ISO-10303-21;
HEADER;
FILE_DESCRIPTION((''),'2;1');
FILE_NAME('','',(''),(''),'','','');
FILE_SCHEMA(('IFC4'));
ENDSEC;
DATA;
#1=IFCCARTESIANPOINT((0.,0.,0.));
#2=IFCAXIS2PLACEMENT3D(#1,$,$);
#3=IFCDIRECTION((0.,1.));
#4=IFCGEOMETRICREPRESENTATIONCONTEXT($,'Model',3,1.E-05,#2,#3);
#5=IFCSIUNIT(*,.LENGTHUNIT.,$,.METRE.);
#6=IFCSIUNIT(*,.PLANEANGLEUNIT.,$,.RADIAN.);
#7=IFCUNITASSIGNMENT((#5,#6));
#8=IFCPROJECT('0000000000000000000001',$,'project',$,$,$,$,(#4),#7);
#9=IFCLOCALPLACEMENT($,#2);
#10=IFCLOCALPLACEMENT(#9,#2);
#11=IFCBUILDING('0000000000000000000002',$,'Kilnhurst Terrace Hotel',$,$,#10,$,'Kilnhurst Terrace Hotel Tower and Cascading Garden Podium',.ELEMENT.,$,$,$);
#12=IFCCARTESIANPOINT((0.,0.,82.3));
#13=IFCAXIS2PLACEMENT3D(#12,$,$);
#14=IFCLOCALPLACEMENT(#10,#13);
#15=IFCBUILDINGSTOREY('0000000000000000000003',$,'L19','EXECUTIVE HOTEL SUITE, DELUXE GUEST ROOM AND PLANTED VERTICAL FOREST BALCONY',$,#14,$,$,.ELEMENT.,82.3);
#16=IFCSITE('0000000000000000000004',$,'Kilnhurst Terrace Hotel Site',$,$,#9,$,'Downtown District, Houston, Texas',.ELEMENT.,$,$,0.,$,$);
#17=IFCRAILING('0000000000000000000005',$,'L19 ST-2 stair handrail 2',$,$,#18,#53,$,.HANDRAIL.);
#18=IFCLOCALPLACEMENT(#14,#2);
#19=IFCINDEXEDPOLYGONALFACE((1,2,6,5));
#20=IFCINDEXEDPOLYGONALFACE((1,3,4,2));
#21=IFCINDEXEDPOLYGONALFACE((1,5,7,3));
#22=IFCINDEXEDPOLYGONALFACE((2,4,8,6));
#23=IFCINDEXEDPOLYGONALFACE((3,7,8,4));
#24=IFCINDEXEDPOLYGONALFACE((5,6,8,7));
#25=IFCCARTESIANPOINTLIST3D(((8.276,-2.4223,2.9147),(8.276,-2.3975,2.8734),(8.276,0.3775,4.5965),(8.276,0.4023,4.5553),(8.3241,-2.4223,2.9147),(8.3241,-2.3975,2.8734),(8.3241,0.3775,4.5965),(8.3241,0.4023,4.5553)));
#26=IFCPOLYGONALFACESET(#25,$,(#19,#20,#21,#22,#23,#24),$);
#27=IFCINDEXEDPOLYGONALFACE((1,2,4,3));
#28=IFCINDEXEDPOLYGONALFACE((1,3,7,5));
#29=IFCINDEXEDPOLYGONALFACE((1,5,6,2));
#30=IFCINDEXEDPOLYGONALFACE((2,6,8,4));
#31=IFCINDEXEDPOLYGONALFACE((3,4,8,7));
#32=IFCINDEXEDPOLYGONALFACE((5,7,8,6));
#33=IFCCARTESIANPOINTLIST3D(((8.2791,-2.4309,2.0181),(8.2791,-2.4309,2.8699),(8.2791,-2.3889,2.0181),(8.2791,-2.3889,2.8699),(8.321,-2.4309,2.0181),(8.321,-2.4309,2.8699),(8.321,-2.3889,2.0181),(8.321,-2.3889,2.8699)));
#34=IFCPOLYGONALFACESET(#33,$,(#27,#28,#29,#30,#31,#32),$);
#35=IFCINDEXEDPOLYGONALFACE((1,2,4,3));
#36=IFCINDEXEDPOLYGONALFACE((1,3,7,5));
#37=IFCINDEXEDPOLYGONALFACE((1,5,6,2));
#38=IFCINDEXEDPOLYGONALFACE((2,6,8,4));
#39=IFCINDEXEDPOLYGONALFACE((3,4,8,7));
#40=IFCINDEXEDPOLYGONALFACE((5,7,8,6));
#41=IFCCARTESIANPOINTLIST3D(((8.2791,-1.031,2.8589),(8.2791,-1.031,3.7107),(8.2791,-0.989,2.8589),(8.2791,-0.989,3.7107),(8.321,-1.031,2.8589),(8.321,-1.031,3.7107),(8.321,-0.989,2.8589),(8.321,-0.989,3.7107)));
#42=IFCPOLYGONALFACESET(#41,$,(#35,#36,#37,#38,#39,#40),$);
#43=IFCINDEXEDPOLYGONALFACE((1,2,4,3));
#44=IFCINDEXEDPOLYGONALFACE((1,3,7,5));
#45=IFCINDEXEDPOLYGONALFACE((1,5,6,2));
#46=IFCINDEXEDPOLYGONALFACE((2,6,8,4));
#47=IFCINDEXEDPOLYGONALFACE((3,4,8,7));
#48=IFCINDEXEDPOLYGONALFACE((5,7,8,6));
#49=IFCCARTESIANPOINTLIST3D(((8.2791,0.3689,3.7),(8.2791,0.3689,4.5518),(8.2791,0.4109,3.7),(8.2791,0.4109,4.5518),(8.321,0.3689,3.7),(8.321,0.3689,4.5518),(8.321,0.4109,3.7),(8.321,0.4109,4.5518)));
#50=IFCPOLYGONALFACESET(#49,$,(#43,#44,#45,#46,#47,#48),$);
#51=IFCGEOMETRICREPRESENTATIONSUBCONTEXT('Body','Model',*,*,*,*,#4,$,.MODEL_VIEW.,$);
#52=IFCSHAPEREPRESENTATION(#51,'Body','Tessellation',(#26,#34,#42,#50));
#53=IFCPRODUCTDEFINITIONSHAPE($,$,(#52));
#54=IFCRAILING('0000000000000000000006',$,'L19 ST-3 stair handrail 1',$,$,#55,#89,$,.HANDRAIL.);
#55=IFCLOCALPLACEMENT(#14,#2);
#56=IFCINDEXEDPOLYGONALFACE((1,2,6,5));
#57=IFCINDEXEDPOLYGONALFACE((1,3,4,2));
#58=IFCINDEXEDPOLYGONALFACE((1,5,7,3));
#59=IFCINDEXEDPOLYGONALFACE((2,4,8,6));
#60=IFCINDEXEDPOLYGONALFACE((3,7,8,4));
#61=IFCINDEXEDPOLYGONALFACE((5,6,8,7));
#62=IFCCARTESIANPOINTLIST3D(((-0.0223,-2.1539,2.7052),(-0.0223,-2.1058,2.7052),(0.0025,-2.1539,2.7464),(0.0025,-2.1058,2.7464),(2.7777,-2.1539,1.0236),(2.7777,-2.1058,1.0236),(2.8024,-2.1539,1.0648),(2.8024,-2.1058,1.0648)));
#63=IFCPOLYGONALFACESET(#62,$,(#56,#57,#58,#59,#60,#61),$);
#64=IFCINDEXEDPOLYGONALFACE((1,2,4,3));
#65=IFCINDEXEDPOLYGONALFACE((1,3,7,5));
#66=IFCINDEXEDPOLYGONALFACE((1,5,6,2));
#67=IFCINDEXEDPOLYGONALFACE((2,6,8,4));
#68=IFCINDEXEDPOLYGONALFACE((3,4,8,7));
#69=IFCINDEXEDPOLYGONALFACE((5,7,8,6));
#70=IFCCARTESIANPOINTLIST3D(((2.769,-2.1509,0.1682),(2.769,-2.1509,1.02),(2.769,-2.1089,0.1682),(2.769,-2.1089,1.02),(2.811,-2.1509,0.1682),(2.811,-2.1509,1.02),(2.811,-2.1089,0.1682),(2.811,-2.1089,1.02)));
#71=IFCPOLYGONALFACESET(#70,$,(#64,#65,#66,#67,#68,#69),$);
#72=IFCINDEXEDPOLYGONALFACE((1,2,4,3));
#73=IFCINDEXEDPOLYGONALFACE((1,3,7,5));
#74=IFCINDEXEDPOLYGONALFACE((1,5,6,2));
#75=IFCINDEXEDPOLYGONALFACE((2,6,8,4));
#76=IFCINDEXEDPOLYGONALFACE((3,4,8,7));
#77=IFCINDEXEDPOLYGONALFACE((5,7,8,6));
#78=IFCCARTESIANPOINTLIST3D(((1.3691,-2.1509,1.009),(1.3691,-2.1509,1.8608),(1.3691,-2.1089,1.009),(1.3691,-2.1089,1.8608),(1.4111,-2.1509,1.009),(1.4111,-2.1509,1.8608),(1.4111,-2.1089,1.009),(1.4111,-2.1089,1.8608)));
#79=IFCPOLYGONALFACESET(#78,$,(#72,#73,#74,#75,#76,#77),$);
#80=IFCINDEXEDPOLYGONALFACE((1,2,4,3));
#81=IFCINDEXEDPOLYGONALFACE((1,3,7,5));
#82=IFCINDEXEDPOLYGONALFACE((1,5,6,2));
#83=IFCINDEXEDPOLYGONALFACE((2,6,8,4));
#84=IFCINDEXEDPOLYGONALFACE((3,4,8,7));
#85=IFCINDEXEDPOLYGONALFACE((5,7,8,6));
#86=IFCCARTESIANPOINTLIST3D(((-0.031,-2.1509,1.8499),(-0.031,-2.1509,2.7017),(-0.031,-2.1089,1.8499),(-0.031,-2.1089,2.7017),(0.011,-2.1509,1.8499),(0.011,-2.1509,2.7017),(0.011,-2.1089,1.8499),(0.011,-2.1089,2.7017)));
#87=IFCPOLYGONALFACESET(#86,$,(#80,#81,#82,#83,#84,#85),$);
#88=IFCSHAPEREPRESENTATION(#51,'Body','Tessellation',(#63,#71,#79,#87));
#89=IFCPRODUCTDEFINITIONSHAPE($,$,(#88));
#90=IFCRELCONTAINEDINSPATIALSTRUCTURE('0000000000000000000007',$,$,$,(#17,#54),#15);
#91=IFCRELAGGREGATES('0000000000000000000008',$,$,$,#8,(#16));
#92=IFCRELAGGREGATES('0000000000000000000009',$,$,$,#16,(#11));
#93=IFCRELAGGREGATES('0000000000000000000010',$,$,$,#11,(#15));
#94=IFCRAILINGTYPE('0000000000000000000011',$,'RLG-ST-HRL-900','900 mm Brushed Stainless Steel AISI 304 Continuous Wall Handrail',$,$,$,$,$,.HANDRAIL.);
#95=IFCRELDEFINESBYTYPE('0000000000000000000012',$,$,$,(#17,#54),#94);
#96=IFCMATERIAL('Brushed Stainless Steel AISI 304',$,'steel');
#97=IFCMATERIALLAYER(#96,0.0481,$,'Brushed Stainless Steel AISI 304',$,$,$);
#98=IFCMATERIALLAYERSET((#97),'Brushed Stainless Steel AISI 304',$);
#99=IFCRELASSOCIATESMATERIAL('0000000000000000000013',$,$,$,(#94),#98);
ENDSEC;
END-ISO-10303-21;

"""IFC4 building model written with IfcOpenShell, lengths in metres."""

from ifc_helpers import new_model, si_unit, direction, frame, origin, origin_2d, place, context, subcontext, project, spatial, rectangle, extrude, material, layer, layer_set, type_object, element, save


model = new_model("IFC4")

# Units and contexts
model_context = context("Model", 3, precision=1e-05, world=origin(), true_north=direction((0.0, 1.0)))
body_context = subcontext(model_context, "Body", "Model", "MODEL_VIEW")
ifc_project = project(units=[si_unit("LENGTHUNIT", "METRE"), si_unit("PLANEANGLEUNIT", "RADIAN")], contexts=[model_context])

# Site, building, storey
site_placement = place(None, origin())
site = spatial("IfcSite", under=ifc_project, at=site_placement, Name="Kilnhurst Terrace Hotel Site", LongName="Downtown District, Houston, Texas", CompositionType="ELEMENT", RefElevation=0.0)
building_placement = place(site_placement, origin())
building = spatial("IfcBuilding", under=site, at=building_placement, Name="Kilnhurst Terrace Hotel", LongName="Kilnhurst Terrace Hotel Tower and Cascading Garden Podium", CompositionType="ELEMENT")
storey_placement = place(building_placement, frame((0.0, 0.0, 82.3)))
storey = spatial("IfcBuildingStorey", under=building, at=storey_placement, Name="L19", Description="EXECUTIVE HOTEL SUITE, DELUXE GUEST ROOM AND PLANTED VERTICAL FOREST BALCONY", CompositionType="ELEMENT", Elevation=82.3)

# Railings
ifc_material_1 = material(Name="Brushed Stainless Steel AISI 304", Category="steel")
ifc_layer_1 = layer(ifc_material_1, 0.0481, Name="Brushed Stainless Steel AISI 304")
ifc_layer_set_1 = layer_set([ifc_layer_1], Name="Brushed Stainless Steel AISI 304")
railing_type_1 = type_object("IfcRailingType", Name="RLG-ST-HRL-900", Description="900 mm Brushed Stainless Steel AISI 304 Continuous Wall Handrail", PredefinedType="HANDRAIL", material=ifc_layer_set_1)
railing_1_placement = place(storey_placement, frame((8.3, -2.4099, 2.0181)))
element("IfcRailing", 1, at=railing_1_placement, inside=storey, type_object=railing_type_1, Name="L19 ST-2 stair handrail 2", PredefinedType="HANDRAIL", context=body_context, shape_type="SweptSolid", body=[
    extrude(rectangle(XDim=0.0481, YDim=0.0481, at=origin_2d()), frame((0.0, 0.0, 0.876), z_axis=(0.0, 0.857222, 0.514946), x_axis=(-1.0, 0.0, 0.0)), (0.0, 0.0, 1.0), 3.2661),
    extrude(rectangle(XDim=0.042, YDim=0.042, at=origin_2d()), origin(), (0.0, 0.0, 1.0), 0.8518),
    extrude(rectangle(XDim=0.042, YDim=0.042, at=origin_2d()), frame((0.0, 1.3999, 0.8408)), (0.0, 0.0, 1.0), 0.8518),
    extrude(rectangle(XDim=0.042, YDim=0.042, at=origin_2d()), frame((0.0, 2.7998, 1.6819)), (0.0, 0.0, 1.0), 0.8518),
])
railing_2_placement = place(storey_placement, frame((2.79, -2.1299, 0.1682)))
element("IfcRailing", 2, at=railing_2_placement, inside=storey, type_object=railing_type_1, Name="L19 ST-3 stair handrail 1", PredefinedType="HANDRAIL", context=body_context, shape_type="SweptSolid", body=[
    extrude(rectangle(XDim=0.0481, YDim=0.0481, at=origin_2d()), frame((0.0, 0.0, 0.876), z_axis=(-0.857275, 0.0, 0.514858), x_axis=(0.0, -1.0, 0.0)), (0.0, 0.0, 1.0), 3.2661),
    extrude(rectangle(XDim=0.042, YDim=0.042, at=origin_2d()), origin(), (0.0, 0.0, 1.0), 0.8518),
    extrude(rectangle(XDim=0.042, YDim=0.042, at=origin_2d()), frame((-1.3999, 0.0, 0.8408)), (0.0, 0.0, 1.0), 0.8518),
    extrude(rectangle(XDim=0.042, YDim=0.042, at=origin_2d()), frame((-2.8, 0.0, 1.6816)), (0.0, 0.0, 1.0), 0.8518),
])

save(model, "model.ifc")
